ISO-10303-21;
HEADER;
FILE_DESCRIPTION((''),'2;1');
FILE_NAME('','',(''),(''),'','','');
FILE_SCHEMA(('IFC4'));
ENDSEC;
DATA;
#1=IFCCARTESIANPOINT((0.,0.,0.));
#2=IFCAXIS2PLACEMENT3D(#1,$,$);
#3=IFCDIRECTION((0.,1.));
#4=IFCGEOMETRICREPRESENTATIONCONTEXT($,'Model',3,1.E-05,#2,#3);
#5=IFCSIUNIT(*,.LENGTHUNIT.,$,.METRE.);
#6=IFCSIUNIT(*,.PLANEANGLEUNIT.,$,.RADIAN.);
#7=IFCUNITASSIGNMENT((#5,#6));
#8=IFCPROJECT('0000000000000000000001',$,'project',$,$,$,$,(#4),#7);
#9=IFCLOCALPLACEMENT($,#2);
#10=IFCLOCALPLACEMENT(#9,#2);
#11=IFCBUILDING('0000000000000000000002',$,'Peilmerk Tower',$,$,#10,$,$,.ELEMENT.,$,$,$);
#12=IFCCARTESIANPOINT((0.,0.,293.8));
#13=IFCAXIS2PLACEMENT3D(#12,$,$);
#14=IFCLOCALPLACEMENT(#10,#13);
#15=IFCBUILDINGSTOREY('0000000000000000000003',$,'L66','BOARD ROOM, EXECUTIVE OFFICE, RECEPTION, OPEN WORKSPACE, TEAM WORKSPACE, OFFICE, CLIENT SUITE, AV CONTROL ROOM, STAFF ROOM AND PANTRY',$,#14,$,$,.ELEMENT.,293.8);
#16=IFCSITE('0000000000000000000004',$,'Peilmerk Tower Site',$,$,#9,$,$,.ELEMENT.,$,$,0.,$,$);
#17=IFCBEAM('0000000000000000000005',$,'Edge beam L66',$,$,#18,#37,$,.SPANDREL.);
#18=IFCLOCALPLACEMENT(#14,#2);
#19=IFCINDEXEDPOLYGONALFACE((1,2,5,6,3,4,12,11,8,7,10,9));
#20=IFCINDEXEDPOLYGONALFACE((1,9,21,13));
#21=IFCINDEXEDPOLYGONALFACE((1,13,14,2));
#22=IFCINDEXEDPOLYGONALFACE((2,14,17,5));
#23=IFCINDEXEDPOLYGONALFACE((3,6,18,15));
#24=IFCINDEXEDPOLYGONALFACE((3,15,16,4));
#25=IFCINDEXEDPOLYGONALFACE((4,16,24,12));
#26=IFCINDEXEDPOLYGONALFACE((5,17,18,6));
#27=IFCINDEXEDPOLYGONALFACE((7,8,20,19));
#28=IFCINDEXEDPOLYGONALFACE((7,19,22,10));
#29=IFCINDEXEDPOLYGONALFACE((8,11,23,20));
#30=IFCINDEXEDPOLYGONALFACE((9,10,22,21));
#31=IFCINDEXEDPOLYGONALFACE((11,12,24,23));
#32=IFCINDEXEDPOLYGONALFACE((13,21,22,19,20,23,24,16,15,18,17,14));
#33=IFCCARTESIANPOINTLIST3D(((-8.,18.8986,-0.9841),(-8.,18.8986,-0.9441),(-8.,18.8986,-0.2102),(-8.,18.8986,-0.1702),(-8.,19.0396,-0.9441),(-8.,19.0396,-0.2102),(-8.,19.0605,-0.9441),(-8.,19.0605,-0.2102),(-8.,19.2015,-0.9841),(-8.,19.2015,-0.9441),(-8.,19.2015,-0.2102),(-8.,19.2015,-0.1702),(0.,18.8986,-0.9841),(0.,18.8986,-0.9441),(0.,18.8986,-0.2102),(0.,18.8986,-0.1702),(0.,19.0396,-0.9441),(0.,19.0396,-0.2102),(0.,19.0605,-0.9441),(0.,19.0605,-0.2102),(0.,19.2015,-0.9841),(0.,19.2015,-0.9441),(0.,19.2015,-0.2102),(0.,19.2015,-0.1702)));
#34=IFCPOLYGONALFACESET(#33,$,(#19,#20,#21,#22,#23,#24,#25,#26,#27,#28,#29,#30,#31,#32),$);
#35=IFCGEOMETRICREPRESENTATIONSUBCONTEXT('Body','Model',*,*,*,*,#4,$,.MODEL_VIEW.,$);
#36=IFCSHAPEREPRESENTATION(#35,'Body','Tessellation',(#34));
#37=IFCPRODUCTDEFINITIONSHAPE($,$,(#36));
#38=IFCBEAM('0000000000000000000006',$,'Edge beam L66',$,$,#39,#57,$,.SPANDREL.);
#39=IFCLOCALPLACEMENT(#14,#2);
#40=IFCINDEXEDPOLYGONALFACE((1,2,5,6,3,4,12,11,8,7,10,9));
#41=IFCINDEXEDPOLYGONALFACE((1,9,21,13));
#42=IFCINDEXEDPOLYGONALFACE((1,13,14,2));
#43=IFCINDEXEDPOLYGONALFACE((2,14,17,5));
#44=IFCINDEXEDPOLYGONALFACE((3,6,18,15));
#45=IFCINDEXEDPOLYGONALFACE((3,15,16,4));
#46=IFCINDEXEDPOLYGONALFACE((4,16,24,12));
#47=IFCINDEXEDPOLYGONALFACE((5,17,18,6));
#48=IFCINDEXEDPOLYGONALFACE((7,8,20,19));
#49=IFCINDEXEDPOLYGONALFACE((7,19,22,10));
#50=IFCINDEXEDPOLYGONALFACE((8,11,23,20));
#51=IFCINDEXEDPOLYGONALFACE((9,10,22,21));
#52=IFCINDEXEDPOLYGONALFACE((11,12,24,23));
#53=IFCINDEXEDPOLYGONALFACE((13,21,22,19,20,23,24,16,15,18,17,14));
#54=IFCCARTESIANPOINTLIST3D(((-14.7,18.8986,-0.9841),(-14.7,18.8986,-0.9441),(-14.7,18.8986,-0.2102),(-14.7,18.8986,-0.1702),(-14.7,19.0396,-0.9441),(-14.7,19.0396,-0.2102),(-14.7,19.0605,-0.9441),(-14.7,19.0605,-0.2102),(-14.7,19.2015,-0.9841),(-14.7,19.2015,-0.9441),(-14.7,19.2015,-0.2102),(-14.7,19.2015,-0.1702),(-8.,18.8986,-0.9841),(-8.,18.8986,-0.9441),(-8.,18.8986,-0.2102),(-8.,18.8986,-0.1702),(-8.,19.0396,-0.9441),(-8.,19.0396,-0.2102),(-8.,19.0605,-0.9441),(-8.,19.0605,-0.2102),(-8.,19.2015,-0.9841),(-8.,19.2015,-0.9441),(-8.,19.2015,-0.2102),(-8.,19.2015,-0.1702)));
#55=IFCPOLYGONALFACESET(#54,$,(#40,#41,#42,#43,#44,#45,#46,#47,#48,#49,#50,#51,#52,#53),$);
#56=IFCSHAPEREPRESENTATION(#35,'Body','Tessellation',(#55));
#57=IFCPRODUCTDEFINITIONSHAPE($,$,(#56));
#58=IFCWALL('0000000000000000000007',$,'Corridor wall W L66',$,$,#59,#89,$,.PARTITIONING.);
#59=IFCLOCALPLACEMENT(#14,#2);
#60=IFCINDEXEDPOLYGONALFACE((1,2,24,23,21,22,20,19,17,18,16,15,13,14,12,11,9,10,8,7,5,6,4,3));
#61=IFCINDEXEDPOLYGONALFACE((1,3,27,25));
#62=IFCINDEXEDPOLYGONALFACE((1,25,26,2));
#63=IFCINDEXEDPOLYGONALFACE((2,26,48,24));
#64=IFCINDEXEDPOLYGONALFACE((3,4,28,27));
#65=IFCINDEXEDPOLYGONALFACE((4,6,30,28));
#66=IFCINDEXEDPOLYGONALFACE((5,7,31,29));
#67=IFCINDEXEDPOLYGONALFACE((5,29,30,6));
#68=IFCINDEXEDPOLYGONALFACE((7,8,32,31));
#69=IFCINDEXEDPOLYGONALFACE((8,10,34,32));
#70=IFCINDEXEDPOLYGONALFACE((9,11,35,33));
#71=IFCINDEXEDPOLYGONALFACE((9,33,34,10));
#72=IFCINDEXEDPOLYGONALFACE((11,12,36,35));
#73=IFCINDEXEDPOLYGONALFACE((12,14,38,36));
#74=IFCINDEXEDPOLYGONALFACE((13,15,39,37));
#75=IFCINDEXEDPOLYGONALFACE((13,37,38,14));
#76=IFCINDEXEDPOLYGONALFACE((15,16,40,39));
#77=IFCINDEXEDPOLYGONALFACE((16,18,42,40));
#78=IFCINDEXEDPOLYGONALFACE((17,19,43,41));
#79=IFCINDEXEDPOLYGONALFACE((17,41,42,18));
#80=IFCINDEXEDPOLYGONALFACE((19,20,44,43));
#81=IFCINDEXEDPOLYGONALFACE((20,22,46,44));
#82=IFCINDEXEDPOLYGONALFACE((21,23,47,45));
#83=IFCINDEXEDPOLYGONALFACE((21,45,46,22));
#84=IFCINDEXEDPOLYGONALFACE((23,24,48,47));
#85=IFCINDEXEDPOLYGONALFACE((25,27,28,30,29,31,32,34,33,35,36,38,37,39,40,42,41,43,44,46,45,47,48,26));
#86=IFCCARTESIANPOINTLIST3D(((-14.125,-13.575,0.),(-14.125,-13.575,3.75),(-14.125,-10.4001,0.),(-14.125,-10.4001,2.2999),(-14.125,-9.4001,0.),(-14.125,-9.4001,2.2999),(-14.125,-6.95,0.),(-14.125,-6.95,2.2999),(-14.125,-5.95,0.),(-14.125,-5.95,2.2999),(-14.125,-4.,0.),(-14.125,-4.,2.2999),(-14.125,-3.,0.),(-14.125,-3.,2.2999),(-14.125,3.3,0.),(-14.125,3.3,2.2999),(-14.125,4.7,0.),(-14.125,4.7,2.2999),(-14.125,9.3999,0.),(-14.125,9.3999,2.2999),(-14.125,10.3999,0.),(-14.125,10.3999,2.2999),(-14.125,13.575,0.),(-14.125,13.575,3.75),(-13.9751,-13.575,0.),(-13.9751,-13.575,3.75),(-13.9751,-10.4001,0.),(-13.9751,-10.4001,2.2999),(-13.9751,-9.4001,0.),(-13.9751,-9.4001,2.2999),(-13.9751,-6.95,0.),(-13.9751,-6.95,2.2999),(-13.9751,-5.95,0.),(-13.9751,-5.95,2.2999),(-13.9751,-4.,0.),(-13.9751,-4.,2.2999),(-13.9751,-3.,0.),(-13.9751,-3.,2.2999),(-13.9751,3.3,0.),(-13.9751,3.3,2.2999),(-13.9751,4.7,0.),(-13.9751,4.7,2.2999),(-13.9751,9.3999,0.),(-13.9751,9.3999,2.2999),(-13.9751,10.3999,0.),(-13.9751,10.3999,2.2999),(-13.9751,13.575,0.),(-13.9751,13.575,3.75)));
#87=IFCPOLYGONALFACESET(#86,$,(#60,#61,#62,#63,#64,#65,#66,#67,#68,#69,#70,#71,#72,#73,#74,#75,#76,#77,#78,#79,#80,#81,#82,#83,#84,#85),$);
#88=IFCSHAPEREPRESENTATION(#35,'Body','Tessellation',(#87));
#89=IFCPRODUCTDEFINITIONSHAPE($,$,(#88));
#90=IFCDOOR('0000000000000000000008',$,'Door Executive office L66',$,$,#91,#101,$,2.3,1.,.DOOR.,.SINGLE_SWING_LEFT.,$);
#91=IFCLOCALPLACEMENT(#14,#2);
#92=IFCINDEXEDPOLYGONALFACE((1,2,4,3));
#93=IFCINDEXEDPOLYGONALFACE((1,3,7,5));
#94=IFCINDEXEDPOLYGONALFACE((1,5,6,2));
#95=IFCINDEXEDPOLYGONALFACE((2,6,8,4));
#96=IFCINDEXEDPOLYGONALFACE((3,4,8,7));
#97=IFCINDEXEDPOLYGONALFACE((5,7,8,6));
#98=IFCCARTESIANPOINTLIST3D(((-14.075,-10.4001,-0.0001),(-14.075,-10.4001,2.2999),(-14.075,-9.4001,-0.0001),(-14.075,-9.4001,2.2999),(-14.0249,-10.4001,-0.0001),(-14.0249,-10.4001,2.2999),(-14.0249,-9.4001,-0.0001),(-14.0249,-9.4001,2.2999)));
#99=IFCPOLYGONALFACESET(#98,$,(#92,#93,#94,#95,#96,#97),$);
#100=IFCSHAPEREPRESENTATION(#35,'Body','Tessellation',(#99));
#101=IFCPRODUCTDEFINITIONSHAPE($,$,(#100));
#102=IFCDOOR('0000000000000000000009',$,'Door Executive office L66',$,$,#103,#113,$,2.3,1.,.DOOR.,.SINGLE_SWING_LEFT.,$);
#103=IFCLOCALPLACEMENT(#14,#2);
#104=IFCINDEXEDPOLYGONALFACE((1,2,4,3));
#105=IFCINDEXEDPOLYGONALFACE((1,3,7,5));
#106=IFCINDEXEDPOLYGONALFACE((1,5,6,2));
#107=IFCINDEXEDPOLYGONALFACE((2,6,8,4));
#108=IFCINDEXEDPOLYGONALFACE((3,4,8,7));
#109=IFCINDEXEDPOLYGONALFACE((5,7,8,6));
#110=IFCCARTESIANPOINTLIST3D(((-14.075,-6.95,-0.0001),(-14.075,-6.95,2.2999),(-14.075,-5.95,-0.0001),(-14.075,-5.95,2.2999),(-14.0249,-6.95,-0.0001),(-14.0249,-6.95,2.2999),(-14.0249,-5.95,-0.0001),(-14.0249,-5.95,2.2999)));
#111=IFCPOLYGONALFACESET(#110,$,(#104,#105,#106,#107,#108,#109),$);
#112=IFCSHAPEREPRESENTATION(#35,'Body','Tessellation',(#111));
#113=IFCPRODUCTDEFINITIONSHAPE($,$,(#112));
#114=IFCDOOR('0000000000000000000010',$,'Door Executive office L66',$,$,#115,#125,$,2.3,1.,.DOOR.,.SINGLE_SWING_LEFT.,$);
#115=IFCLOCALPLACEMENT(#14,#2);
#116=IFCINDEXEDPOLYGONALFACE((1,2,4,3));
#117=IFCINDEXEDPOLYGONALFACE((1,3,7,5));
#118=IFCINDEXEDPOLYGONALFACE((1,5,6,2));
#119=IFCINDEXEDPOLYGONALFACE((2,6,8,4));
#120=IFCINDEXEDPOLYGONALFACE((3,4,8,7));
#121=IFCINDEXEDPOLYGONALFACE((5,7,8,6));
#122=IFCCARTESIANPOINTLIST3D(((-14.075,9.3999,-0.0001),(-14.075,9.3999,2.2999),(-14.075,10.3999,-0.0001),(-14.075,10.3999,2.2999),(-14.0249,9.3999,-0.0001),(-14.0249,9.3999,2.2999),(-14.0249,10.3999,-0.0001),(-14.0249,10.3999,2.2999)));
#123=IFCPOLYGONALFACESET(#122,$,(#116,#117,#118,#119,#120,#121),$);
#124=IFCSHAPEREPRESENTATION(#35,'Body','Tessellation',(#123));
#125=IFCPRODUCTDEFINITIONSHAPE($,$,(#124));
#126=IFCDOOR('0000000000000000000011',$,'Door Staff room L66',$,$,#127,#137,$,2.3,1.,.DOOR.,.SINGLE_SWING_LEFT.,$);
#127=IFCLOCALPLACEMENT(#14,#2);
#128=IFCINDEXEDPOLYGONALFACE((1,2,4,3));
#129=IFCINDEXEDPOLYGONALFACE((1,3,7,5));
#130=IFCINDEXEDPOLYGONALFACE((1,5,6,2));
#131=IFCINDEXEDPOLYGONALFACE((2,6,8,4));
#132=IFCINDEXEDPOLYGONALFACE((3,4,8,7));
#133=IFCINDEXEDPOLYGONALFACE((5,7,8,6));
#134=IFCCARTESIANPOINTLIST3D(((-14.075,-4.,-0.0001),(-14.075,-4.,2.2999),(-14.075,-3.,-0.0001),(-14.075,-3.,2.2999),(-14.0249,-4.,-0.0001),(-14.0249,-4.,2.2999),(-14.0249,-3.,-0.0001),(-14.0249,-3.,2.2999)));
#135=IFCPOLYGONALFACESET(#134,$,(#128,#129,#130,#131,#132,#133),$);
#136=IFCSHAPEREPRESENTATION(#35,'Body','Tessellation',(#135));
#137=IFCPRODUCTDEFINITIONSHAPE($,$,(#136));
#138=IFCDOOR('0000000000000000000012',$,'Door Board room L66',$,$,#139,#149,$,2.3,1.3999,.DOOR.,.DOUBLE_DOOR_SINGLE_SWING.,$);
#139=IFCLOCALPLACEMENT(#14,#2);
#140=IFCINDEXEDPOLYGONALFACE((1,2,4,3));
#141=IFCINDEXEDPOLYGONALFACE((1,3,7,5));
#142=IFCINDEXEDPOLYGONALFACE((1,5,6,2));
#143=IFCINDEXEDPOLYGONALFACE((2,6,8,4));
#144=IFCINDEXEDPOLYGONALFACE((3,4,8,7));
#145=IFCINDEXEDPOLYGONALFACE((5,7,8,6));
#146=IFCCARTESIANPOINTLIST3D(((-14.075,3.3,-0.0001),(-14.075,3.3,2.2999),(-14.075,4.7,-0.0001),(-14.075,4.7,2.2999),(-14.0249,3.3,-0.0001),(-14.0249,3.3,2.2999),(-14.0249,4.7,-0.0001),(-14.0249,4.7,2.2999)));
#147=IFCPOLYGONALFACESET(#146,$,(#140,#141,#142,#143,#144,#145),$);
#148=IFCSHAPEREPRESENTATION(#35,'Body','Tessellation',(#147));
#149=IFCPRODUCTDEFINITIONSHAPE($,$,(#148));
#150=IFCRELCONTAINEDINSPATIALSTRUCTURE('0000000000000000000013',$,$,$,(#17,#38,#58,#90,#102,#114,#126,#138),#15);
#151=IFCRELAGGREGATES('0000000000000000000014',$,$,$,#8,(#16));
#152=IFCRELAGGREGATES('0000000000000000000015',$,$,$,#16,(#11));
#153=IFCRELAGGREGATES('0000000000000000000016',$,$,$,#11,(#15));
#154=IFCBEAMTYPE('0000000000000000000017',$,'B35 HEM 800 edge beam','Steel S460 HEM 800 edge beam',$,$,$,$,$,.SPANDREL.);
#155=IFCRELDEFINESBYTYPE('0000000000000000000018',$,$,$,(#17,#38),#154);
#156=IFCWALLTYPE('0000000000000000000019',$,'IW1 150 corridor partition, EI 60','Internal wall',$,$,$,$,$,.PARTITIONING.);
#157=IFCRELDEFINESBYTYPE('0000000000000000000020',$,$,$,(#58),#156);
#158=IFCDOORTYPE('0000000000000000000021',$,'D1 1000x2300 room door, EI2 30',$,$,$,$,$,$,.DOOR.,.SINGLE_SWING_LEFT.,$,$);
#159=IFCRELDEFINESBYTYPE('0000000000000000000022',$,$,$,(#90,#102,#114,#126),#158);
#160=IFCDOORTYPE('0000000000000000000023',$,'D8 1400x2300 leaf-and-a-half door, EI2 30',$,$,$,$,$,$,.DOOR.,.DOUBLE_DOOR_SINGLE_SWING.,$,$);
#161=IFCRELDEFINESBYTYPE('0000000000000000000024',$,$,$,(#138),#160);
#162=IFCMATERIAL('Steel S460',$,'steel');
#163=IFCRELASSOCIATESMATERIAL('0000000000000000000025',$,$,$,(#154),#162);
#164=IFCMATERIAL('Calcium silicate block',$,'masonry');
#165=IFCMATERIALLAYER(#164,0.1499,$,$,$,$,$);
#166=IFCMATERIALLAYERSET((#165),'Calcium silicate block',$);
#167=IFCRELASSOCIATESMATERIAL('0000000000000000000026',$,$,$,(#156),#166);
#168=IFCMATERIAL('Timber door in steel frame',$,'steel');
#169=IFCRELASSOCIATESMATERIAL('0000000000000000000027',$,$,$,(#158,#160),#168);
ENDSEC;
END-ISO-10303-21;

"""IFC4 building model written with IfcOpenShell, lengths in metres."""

from ifc_helpers import new_model, si_unit, direction, frame, frame_2d, origin, origin_2d, place, context, subcontext, project, spatial, rectangle, i_section, extrude, material, layer, layer_set, material_profile, profile_set, type_object, element, fill, save


model = new_model("IFC4")

# Units and contexts
model_context = context("Model", 3, precision=1e-05, world=origin(), true_north=direction((0.0, 1.0)))
body_context = subcontext(model_context, "Body", "Model", "MODEL_VIEW")
ifc_project = project(units=[si_unit("LENGTHUNIT", "METRE"), si_unit("PLANEANGLEUNIT", "RADIAN")], contexts=[model_context])

# Site, building, storey
site_placement = place(None, origin())
site = spatial("IfcSite", under=ifc_project, at=site_placement, Name="Peilmerk Tower Site", CompositionType="ELEMENT", RefElevation=0.0)
building_placement = place(site_placement, origin())
building = spatial("IfcBuilding", under=site, at=building_placement, Name="Peilmerk Tower", CompositionType="ELEMENT")
storey_placement = place(building_placement, frame((0.0, 0.0, 293.8)))
storey = spatial("IfcBuildingStorey", under=building, at=storey_placement, Name="L66", Description="BOARD ROOM, EXECUTIVE OFFICE, RECEPTION, OPEN WORKSPACE, TEAM WORKSPACE, OFFICE, CLIENT SUITE, AV CONTROL ROOM, STAFF ROOM AND PANTRY", CompositionType="ELEMENT", Elevation=293.8)

# Shared definitions
ifc_material_1 = material(Name="Steel S460", Category="steel")

# Beams
ifc_material_profile_1 = material_profile(ifc_material_1, i_section(OverallWidth=0.303, OverallDepth=0.814, WebThickness=0.021, FlangeThickness=0.04, at=origin_2d()), Name="HEM 800")
ifc_profile_set_1 = profile_set([ifc_material_profile_1], Name="Steel S460")
beam_type_1 = type_object("IfcBeamType", Name="B35 HEM 800 edge beam", Description="Steel S460 HEM 800 edge beam", PredefinedType="SPANDREL", material=ifc_profile_set_1)
beam_1_placement = place(storey_placement, frame((0.0, 19.05, -0.5771), z_axis=(-1.0, 0.0, 0.0), x_axis=(0.0, -1.0, 0.0)))
element("IfcBeam", 1, at=beam_1_placement, inside=storey, type_object=beam_type_1, Name="Edge beam L66", PredefinedType="SPANDREL", context=body_context, shape_type="SweptSolid", body=[
    extrude(i_section(OverallWidth=0.303, OverallDepth=0.814, WebThickness=0.021, FlangeThickness=0.04, at=origin_2d()), origin(), (0.0, 0.0, 1.0), 8.0),
])
beam_2_placement = place(storey_placement, frame((-8.0, 19.05, -0.5771), z_axis=(-1.0, 0.0, 0.0), x_axis=(0.0, -1.0, 0.0)))
element("IfcBeam", 2, at=beam_2_placement, inside=storey, type_object=beam_type_1, Name="Edge beam L66", PredefinedType="SPANDREL", context=body_context, shape_type="SweptSolid", body=[
    extrude(i_section(OverallWidth=0.303, OverallDepth=0.814, WebThickness=0.021, FlangeThickness=0.04, at=origin_2d()), origin(), (0.0, 0.0, 1.0), 6.7),
])

# Wall, openings, doors
ifc_material_2 = material(Name="Calcium silicate block", Category="masonry")
ifc_layer_1 = layer(ifc_material_2, 0.1499)
ifc_layer_set_1 = layer_set([ifc_layer_1], Name="Calcium silicate block")
wall_type_1 = type_object("IfcWallType", Name="IW1 150 corridor partition, EI 60", Description="Internal wall", PredefinedType="PARTITIONING", material=ifc_layer_set_1)
wall_1_placement = place(storey_placement, frame((-14.05, 13.575, 0.0), z_axis=(0.0, 0.0, 1.0), x_axis=(0.0, -1.0, 0.0)))
wall_1 = element("IfcWall", 3, at=wall_1_placement, inside=storey, type_object=wall_type_1, Name="Corridor wall W L66", PredefinedType="PARTITIONING", context=body_context, shape_type="SweptSolid", body=[
    extrude(rectangle(XDim=27.1499, YDim=0.1499, at=frame_2d((13.575, 0.0))), origin(), (0.0, 0.0, 1.0), 3.75),
])
opening_1_placement = place(wall_1_placement, frame((22.9751, 0.0, 0.0)))
opening_1 = element("IfcOpeningElement", 4, at=opening_1_placement, cuts=wall_1, PredefinedType="OPENING", context=body_context, shape_type="SweptSolid", body=[
    extrude(rectangle(XDim=1.0, YDim=2.3, at=frame_2d((0.5, 1.1499))), frame((0.0, 0.085, 0.0), z_axis=(0.0, -1.0, 0.0), x_axis=(1.0, 0.0, 0.0)), (0.0, 0.0, 1.0), 0.1699),
])
opening_2_placement = place(wall_1_placement, frame((19.5249, 0.0, 0.0)))
opening_2 = element("IfcOpeningElement", 5, at=opening_2_placement, cuts=wall_1, PredefinedType="OPENING", context=body_context, shape_type="SweptSolid", body=[
    extrude(rectangle(XDim=1.0, YDim=2.3, at=frame_2d((0.5, 1.1499))), frame((0.0, 0.085, 0.0), z_axis=(0.0, -1.0, 0.0), x_axis=(1.0, 0.0, 0.0)), (0.0, 0.0, 1.0), 0.1699),
])
opening_3_placement = place(wall_1_placement, frame((8.875, 0.0, 0.0)))
opening_3 = element("IfcOpeningElement", 6, at=opening_3_placement, cuts=wall_1, PredefinedType="OPENING", context=body_context, shape_type="SweptSolid", body=[
    extrude(rectangle(XDim=1.3999, YDim=2.3, at=frame_2d((0.7, 1.1499))), frame((0.0, 0.085, 0.0), z_axis=(0.0, -1.0, 0.0), x_axis=(1.0, 0.0, 0.0)), (0.0, 0.0, 1.0), 0.1699),
])
opening_4_placement = place(wall_1_placement, frame((3.175, 0.0, 0.0)))
opening_4 = element("IfcOpeningElement", 7, at=opening_4_placement, cuts=wall_1, PredefinedType="OPENING", context=body_context, shape_type="SweptSolid", body=[
    extrude(rectangle(XDim=1.0, YDim=2.3, at=frame_2d((0.5, 1.1499))), frame((0.0, 0.085, 0.0), z_axis=(0.0, -1.0, 0.0), x_axis=(1.0, 0.0, 0.0)), (0.0, 0.0, 1.0), 0.1699),
])
opening_5_placement = place(wall_1_placement, frame((16.575, 0.0, 0.0)))
opening_5 = element("IfcOpeningElement", 8, at=opening_5_placement, cuts=wall_1, PredefinedType="OPENING", context=body_context, shape_type="SweptSolid", body=[
    extrude(rectangle(XDim=1.0, YDim=2.3, at=frame_2d((0.5, 1.1499))), frame((0.0, 0.085, 0.0), z_axis=(0.0, -1.0, 0.0), x_axis=(1.0, 0.0, 0.0)), (0.0, 0.0, 1.0), 0.1699),
])
ifc_material_3 = material(Name="Timber door in steel frame", Category="steel")
door_type_1 = type_object("IfcDoorType", Name="D1 1000x2300 room door, EI2 30", OperationType="SINGLE_SWING_LEFT", PredefinedType="DOOR", material=ifc_material_3)
door_1_placement = place(opening_1_placement, frame((1.0, 0.0, 0.0), z_axis=(0.0, 0.0, 1.0), x_axis=(-1.0, 0.0, 0.0)))
door_1 = element("IfcDoor", 9, at=door_1_placement, inside=storey, type_object=door_type_1, Name="Door Executive office L66", OperationType="SINGLE_SWING_LEFT", OverallHeight=2.3, OverallWidth=1.0, PredefinedType="DOOR", context=body_context, shape_type="SweptSolid", body=[
    extrude(rectangle(XDim=1.0, YDim=2.3, at=frame_2d((0.5, 1.1499))), frame((0.0, 0.0249, 0.0), z_axis=(0.0, -1.0, 0.0), x_axis=(1.0, 0.0, 0.0)), (0.0, 0.0, 1.0), 0.05),
])
fill(opening_1, door_1)
door_2_placement = place(opening_2_placement, frame((1.0, 0.0, 0.0), z_axis=(0.0, 0.0, 1.0), x_axis=(-1.0, 0.0, 0.0)))
door_2 = element("IfcDoor", 10, at=door_2_placement, inside=storey, type_object=door_type_1, Name="Door Executive office L66", OperationType="SINGLE_SWING_LEFT", OverallHeight=2.3, OverallWidth=1.0, PredefinedType="DOOR", context=body_context, shape_type="SweptSolid", body=[
    extrude(rectangle(XDim=1.0, YDim=2.3, at=frame_2d((0.5, 1.1499))), frame((0.0, 0.0249, 0.0), z_axis=(0.0, -1.0, 0.0), x_axis=(1.0, 0.0, 0.0)), (0.0, 0.0, 1.0), 0.05),
])
fill(opening_2, door_2)
door_3_placement = place(opening_4_placement, frame((1.0, 0.0, 0.0), z_axis=(0.0, 0.0, 1.0), x_axis=(-1.0, 0.0, 0.0)))
door_3 = element("IfcDoor", 11, at=door_3_placement, inside=storey, type_object=door_type_1, Name="Door Executive office L66", OperationType="SINGLE_SWING_LEFT", OverallHeight=2.3, OverallWidth=1.0, PredefinedType="DOOR", context=body_context, shape_type="SweptSolid", body=[
    extrude(rectangle(XDim=1.0, YDim=2.3, at=frame_2d((0.5, 1.1499))), frame((0.0, 0.0249, 0.0), z_axis=(0.0, -1.0, 0.0), x_axis=(1.0, 0.0, 0.0)), (0.0, 0.0, 1.0), 0.05),
])
fill(opening_4, door_3)
door_4_placement = place(opening_5_placement, frame((1.0, 0.0, 0.0), z_axis=(0.0, 0.0, 1.0), x_axis=(-1.0, 0.0, 0.0)))
door_4 = element("IfcDoor", 12, at=door_4_placement, inside=storey, type_object=door_type_1, Name="Door Staff room L66", OperationType="SINGLE_SWING_LEFT", OverallHeight=2.3, OverallWidth=1.0, PredefinedType="DOOR", context=body_context, shape_type="SweptSolid", body=[
    extrude(rectangle(XDim=1.0, YDim=2.3, at=frame_2d((0.5, 1.1499))), frame((0.0, 0.0249, 0.0), z_axis=(0.0, -1.0, 0.0), x_axis=(1.0, 0.0, 0.0)), (0.0, 0.0, 1.0), 0.05),
])
fill(opening_5, door_4)
door_type_2 = type_object("IfcDoorType", Name="D8 1400x2300 leaf-and-a-half door, EI2 30", OperationType="DOUBLE_DOOR_SINGLE_SWING", PredefinedType="DOOR", material=ifc_material_3)
door_5_placement = place(opening_3_placement, frame((1.3999, 0.0, 0.0), z_axis=(0.0, 0.0, 1.0), x_axis=(-1.0, 0.0, 0.0)))
door_5 = element("IfcDoor", 13, at=door_5_placement, inside=storey, type_object=door_type_2, Name="Door Board room L66", OperationType="DOUBLE_DOOR_SINGLE_SWING", OverallHeight=2.3, OverallWidth=1.3999, PredefinedType="DOOR", context=body_context, shape_type="SweptSolid", body=[
    extrude(rectangle(XDim=1.3999, YDim=2.3, at=frame_2d((0.7, 1.1499))), frame((0.0, 0.0249, 0.0), z_axis=(0.0, -1.0, 0.0), x_axis=(1.0, 0.0, 0.0)), (0.0, 0.0, 1.0), 0.05),
])
fill(opening_3, door_5)

save(model, "model.ifc")
